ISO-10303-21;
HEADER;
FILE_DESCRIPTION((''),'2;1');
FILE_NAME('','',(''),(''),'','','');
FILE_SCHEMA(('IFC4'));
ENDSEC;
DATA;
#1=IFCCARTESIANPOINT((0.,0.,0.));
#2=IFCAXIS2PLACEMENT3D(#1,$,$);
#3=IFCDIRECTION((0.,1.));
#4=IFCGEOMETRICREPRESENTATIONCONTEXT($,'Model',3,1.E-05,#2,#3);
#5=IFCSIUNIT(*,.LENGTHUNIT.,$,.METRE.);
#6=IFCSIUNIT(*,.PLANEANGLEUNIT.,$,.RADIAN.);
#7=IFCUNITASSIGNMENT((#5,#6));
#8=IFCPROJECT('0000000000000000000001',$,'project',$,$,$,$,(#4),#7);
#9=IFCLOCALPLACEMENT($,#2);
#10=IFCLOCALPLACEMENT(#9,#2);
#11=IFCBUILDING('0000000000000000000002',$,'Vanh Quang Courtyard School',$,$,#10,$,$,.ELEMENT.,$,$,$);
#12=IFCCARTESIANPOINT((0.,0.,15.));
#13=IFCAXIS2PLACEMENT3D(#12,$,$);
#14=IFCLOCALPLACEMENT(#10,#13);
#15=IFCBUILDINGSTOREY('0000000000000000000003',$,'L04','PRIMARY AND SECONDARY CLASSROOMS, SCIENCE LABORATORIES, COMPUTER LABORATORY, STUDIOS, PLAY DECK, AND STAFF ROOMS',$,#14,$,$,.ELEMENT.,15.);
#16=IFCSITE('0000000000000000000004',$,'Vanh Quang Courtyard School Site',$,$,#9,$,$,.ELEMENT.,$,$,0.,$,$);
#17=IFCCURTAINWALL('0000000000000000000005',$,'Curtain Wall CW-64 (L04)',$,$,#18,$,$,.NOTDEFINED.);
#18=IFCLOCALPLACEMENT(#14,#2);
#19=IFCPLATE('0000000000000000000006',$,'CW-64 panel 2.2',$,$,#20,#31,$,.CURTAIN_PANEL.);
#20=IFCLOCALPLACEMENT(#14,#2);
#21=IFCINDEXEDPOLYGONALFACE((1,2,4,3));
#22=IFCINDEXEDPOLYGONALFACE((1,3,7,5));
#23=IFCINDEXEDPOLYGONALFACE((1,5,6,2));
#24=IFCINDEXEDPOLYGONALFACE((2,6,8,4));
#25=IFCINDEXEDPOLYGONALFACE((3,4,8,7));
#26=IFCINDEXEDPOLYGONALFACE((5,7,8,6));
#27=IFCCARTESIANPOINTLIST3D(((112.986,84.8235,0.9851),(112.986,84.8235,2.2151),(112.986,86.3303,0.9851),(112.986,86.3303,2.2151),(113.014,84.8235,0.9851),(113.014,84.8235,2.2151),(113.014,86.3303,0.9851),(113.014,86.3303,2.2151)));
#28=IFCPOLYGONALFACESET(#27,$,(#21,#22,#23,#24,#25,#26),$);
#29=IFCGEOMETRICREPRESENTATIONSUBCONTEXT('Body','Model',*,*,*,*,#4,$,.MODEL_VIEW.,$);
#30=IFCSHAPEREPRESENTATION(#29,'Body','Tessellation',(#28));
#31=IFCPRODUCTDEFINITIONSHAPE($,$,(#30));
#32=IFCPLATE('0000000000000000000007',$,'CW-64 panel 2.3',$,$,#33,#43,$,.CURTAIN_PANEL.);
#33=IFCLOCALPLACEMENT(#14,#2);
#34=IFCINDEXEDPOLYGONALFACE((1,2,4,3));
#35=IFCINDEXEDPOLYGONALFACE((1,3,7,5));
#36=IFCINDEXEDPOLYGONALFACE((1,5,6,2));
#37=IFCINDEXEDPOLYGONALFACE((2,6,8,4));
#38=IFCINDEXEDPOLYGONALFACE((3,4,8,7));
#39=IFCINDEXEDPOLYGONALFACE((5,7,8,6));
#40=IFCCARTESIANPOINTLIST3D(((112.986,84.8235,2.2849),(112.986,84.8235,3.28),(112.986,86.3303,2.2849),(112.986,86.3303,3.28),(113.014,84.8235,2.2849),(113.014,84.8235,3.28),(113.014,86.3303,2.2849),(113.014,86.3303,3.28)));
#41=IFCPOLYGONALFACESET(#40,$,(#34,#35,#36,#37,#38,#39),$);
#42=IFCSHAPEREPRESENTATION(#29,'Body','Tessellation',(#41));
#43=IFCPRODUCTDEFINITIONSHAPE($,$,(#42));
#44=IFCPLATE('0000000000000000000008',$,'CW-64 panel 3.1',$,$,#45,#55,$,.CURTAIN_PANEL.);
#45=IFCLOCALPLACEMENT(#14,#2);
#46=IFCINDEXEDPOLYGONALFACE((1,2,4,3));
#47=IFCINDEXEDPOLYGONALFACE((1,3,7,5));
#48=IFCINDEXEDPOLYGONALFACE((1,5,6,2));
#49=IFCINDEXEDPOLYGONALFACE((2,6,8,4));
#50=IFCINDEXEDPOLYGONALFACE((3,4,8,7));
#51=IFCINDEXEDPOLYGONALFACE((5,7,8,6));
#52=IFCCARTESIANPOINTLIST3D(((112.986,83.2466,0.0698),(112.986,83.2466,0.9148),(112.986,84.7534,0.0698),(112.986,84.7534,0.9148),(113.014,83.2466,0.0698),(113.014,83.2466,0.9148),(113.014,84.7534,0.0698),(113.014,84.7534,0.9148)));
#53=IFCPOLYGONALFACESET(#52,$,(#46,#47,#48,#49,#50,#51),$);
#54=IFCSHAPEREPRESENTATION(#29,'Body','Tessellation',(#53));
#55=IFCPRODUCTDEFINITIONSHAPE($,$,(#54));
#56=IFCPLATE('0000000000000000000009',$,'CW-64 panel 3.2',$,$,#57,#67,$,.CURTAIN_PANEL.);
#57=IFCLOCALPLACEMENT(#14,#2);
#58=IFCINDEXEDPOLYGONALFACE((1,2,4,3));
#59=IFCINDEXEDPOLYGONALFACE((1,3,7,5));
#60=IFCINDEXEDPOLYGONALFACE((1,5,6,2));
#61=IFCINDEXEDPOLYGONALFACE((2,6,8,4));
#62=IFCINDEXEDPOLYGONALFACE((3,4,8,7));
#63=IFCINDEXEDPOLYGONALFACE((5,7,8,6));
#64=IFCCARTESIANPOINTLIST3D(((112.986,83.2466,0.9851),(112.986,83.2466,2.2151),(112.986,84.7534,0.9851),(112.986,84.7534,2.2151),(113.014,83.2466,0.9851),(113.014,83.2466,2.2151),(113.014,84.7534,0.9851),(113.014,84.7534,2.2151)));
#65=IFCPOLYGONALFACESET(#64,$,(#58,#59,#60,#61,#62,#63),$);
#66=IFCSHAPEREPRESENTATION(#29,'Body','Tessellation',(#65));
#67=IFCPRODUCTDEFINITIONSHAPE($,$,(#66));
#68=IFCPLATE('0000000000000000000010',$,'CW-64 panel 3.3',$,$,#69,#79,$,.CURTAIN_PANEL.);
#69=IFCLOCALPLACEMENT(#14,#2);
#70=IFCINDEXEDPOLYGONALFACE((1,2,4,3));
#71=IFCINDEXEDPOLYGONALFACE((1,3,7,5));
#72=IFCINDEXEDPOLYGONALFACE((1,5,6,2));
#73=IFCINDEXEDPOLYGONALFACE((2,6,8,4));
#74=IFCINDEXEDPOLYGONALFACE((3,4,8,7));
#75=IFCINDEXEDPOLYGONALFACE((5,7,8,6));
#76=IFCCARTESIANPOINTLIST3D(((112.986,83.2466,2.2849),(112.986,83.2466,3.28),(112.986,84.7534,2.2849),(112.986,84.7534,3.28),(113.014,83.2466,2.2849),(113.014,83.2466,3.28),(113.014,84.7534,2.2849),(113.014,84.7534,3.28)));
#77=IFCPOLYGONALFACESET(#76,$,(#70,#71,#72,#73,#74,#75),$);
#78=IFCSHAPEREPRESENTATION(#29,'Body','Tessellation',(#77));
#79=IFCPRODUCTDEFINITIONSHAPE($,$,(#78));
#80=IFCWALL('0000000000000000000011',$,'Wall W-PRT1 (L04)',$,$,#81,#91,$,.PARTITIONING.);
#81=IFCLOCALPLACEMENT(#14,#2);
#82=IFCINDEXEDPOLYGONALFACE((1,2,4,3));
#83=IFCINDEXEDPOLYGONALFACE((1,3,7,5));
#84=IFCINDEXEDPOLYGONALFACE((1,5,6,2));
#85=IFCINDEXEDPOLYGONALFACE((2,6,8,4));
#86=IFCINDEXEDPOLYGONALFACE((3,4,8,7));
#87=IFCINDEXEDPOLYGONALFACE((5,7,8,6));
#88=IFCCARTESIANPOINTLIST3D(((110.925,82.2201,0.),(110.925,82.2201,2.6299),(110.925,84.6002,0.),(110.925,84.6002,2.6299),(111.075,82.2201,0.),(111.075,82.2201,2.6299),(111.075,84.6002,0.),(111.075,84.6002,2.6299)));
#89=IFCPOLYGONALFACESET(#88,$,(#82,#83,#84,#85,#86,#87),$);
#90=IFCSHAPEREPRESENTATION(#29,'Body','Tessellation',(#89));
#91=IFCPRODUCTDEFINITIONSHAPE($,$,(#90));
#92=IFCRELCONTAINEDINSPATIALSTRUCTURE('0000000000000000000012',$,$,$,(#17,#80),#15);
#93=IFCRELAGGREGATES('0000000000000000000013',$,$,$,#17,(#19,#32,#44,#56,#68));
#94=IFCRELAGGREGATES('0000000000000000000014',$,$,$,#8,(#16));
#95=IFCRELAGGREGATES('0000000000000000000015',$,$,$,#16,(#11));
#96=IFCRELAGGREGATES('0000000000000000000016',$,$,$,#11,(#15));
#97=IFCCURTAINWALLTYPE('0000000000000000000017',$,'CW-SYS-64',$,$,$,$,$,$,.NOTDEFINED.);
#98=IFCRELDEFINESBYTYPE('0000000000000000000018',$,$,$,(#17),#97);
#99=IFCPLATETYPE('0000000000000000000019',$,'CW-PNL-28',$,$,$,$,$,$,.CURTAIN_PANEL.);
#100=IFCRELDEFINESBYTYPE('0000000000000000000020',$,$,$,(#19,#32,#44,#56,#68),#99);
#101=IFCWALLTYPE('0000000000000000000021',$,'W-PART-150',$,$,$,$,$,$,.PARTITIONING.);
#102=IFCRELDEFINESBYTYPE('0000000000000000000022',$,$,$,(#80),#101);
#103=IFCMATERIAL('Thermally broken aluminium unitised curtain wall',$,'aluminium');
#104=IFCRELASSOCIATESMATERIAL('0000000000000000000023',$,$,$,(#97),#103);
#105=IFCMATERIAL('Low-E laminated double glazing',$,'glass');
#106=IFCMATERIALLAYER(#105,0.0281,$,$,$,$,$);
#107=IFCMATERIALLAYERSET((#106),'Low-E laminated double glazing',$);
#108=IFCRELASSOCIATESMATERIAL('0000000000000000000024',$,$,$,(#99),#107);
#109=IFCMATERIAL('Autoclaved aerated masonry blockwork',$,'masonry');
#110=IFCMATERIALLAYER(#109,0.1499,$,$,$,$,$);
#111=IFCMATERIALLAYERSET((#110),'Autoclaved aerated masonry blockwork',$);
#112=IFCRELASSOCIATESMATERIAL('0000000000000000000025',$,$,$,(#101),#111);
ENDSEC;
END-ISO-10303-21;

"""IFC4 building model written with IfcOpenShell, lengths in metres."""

from ifc_helpers import new_model, si_unit, direction, frame, frame_2d, origin, origin_2d, place, context, subcontext, project, spatial, rectangle, extrude, material, layer, layer_set, type_object, element, aggregate, save


model = new_model("IFC4")

# Units and contexts
model_context = context("Model", 3, precision=1e-05, world=origin(), true_north=direction((0.0, 1.0)))
body_context = subcontext(model_context, "Body", "Model", "MODEL_VIEW")
ifc_project = project(units=[si_unit("LENGTHUNIT", "METRE"), si_unit("PLANEANGLEUNIT", "RADIAN")], contexts=[model_context])

# Site, building, storey
site_placement = place(None, origin())
site = spatial("IfcSite", under=ifc_project, at=site_placement, Name="Vanh Quang Courtyard School Site", CompositionType="ELEMENT", RefElevation=0.0)
building_placement = place(site_placement, origin())
building = spatial("IfcBuilding", under=site, at=building_placement, Name="Vanh Quang Courtyard School", CompositionType="ELEMENT")
storey_placement = place(building_placement, frame((0.0, 0.0, 15.0)))
storey = spatial("IfcBuildingStorey", under=building, at=storey_placement, Name="L04", Description="PRIMARY AND SECONDARY CLASSROOMS, SCIENCE LABORATORIES, COMPUTER LABORATORY, STUDIOS, PLAY DECK, AND STAFF ROOMS", CompositionType="ELEMENT", Elevation=15.0)

# Curtain wall, plates
ifc_material_1 = material(Name="Thermally broken aluminium unitised curtain wall", Category="aluminium")
curtain_wall_type = type_object("IfcCurtainWallType", Name="CW-SYS-64", PredefinedType="NOTDEFINED", material=ifc_material_1)
curtain_wall_placement = place(storey_placement, origin())
curtain_wall = element("IfcCurtainWall", 1, at=curtain_wall_placement, inside=storey, type_object=curtain_wall_type, Name="Curtain Wall CW-64 (L04)", PredefinedType="NOTDEFINED")
ifc_material_2 = material(Name="Low-E laminated double glazing", Category="glass")
ifc_layer_1 = layer(ifc_material_2, 0.0281)
ifc_layer_set_1 = layer_set([ifc_layer_1], Name="Low-E laminated double glazing")
plate_type = type_object("IfcPlateType", Name="CW-PNL-28", PredefinedType="CURTAIN_PANEL", material=ifc_layer_set_1)
plate_1_placement = place(storey_placement, frame((113.0, 85.5769, 0.9851), z_axis=(0.0, 0.0, 1.0), x_axis=(0.0, -1.0, 0.0)))
plate_1 = element("IfcPlate", 2, at=plate_1_placement, type_object=plate_type, Name="CW-64 panel 2.2", PredefinedType="CURTAIN_PANEL", context=body_context, shape_type="SweptSolid", body=[
    extrude(rectangle(XDim=1.5068, YDim=0.0281, at=origin_2d()), origin(), (0.0, 0.0, 1.0), 1.23),
])
plate_2_placement = place(storey_placement, frame((113.0, 85.5769, 2.2849), z_axis=(0.0, 0.0, 1.0), x_axis=(0.0, -1.0, 0.0)))
plate_2 = element("IfcPlate", 3, at=plate_2_placement, type_object=plate_type, Name="CW-64 panel 2.3", PredefinedType="CURTAIN_PANEL", context=body_context, shape_type="SweptSolid", body=[
    extrude(rectangle(XDim=1.5068, YDim=0.0281, at=origin_2d()), origin(), (0.0, 0.0, 1.0), 0.9951),
])
plate_3_placement = place(storey_placement, frame((113.0, 84.0, 0.0698), z_axis=(0.0, 0.0, 1.0), x_axis=(0.0, -1.0, 0.0)))
plate_3 = element("IfcPlate", 4, at=plate_3_placement, type_object=plate_type, Name="CW-64 panel 3.1", PredefinedType="CURTAIN_PANEL", context=body_context, shape_type="SweptSolid", body=[
    extrude(rectangle(XDim=1.5068, YDim=0.0281, at=origin_2d()), origin(), (0.0, 0.0, 1.0), 0.845),
])
plate_4_placement = place(storey_placement, frame((113.0, 84.0, 0.9851), z_axis=(0.0, 0.0, 1.0), x_axis=(0.0, -1.0, 0.0)))
plate_4 = element("IfcPlate", 5, at=plate_4_placement, type_object=plate_type, Name="CW-64 panel 3.2", PredefinedType="CURTAIN_PANEL", context=body_context, shape_type="SweptSolid", body=[
    extrude(rectangle(XDim=1.5068, YDim=0.0281, at=origin_2d()), origin(), (0.0, 0.0, 1.0), 1.23),
])
plate_5_placement = place(storey_placement, frame((113.0, 84.0, 2.2849), z_axis=(0.0, 0.0, 1.0), x_axis=(0.0, -1.0, 0.0)))
plate_5 = element("IfcPlate", 6, at=plate_5_placement, type_object=plate_type, Name="CW-64 panel 3.3", PredefinedType="CURTAIN_PANEL", context=body_context, shape_type="SweptSolid", body=[
    extrude(rectangle(XDim=1.5068, YDim=0.0281, at=origin_2d()), origin(), (0.0, 0.0, 1.0), 0.9951),
])
aggregate(curtain_wall, [plate_1, plate_2, plate_3, plate_4, plate_5])

# Wall
ifc_material_3 = material(Name="Autoclaved aerated masonry blockwork", Category="masonry")
ifc_layer_2 = layer(ifc_material_3, 0.1499)
ifc_layer_set_2 = layer_set([ifc_layer_2], Name="Autoclaved aerated masonry blockwork")
wall_type = type_object("IfcWallType", Name="W-PART-150", PredefinedType="PARTITIONING", material=ifc_layer_set_2)
wall_placement = place(storey_placement, frame((111.0, 84.6001, 0.0), z_axis=(0.0, 0.0, 1.0), x_axis=(0.0, -1.0, 0.0)))
element("IfcWall", 7, at=wall_placement, inside=storey, type_object=wall_type, Name="Wall W-PRT1 (L04)", PredefinedType="PARTITIONING", context=body_context, shape_type="SweptSolid", body=[
    extrude(rectangle(XDim=2.3801, YDim=0.1499, at=frame_2d((1.1899, 0.0))), origin(), (0.0, 0.0, 1.0), 2.6299),
])

save(model, "model.ifc")
